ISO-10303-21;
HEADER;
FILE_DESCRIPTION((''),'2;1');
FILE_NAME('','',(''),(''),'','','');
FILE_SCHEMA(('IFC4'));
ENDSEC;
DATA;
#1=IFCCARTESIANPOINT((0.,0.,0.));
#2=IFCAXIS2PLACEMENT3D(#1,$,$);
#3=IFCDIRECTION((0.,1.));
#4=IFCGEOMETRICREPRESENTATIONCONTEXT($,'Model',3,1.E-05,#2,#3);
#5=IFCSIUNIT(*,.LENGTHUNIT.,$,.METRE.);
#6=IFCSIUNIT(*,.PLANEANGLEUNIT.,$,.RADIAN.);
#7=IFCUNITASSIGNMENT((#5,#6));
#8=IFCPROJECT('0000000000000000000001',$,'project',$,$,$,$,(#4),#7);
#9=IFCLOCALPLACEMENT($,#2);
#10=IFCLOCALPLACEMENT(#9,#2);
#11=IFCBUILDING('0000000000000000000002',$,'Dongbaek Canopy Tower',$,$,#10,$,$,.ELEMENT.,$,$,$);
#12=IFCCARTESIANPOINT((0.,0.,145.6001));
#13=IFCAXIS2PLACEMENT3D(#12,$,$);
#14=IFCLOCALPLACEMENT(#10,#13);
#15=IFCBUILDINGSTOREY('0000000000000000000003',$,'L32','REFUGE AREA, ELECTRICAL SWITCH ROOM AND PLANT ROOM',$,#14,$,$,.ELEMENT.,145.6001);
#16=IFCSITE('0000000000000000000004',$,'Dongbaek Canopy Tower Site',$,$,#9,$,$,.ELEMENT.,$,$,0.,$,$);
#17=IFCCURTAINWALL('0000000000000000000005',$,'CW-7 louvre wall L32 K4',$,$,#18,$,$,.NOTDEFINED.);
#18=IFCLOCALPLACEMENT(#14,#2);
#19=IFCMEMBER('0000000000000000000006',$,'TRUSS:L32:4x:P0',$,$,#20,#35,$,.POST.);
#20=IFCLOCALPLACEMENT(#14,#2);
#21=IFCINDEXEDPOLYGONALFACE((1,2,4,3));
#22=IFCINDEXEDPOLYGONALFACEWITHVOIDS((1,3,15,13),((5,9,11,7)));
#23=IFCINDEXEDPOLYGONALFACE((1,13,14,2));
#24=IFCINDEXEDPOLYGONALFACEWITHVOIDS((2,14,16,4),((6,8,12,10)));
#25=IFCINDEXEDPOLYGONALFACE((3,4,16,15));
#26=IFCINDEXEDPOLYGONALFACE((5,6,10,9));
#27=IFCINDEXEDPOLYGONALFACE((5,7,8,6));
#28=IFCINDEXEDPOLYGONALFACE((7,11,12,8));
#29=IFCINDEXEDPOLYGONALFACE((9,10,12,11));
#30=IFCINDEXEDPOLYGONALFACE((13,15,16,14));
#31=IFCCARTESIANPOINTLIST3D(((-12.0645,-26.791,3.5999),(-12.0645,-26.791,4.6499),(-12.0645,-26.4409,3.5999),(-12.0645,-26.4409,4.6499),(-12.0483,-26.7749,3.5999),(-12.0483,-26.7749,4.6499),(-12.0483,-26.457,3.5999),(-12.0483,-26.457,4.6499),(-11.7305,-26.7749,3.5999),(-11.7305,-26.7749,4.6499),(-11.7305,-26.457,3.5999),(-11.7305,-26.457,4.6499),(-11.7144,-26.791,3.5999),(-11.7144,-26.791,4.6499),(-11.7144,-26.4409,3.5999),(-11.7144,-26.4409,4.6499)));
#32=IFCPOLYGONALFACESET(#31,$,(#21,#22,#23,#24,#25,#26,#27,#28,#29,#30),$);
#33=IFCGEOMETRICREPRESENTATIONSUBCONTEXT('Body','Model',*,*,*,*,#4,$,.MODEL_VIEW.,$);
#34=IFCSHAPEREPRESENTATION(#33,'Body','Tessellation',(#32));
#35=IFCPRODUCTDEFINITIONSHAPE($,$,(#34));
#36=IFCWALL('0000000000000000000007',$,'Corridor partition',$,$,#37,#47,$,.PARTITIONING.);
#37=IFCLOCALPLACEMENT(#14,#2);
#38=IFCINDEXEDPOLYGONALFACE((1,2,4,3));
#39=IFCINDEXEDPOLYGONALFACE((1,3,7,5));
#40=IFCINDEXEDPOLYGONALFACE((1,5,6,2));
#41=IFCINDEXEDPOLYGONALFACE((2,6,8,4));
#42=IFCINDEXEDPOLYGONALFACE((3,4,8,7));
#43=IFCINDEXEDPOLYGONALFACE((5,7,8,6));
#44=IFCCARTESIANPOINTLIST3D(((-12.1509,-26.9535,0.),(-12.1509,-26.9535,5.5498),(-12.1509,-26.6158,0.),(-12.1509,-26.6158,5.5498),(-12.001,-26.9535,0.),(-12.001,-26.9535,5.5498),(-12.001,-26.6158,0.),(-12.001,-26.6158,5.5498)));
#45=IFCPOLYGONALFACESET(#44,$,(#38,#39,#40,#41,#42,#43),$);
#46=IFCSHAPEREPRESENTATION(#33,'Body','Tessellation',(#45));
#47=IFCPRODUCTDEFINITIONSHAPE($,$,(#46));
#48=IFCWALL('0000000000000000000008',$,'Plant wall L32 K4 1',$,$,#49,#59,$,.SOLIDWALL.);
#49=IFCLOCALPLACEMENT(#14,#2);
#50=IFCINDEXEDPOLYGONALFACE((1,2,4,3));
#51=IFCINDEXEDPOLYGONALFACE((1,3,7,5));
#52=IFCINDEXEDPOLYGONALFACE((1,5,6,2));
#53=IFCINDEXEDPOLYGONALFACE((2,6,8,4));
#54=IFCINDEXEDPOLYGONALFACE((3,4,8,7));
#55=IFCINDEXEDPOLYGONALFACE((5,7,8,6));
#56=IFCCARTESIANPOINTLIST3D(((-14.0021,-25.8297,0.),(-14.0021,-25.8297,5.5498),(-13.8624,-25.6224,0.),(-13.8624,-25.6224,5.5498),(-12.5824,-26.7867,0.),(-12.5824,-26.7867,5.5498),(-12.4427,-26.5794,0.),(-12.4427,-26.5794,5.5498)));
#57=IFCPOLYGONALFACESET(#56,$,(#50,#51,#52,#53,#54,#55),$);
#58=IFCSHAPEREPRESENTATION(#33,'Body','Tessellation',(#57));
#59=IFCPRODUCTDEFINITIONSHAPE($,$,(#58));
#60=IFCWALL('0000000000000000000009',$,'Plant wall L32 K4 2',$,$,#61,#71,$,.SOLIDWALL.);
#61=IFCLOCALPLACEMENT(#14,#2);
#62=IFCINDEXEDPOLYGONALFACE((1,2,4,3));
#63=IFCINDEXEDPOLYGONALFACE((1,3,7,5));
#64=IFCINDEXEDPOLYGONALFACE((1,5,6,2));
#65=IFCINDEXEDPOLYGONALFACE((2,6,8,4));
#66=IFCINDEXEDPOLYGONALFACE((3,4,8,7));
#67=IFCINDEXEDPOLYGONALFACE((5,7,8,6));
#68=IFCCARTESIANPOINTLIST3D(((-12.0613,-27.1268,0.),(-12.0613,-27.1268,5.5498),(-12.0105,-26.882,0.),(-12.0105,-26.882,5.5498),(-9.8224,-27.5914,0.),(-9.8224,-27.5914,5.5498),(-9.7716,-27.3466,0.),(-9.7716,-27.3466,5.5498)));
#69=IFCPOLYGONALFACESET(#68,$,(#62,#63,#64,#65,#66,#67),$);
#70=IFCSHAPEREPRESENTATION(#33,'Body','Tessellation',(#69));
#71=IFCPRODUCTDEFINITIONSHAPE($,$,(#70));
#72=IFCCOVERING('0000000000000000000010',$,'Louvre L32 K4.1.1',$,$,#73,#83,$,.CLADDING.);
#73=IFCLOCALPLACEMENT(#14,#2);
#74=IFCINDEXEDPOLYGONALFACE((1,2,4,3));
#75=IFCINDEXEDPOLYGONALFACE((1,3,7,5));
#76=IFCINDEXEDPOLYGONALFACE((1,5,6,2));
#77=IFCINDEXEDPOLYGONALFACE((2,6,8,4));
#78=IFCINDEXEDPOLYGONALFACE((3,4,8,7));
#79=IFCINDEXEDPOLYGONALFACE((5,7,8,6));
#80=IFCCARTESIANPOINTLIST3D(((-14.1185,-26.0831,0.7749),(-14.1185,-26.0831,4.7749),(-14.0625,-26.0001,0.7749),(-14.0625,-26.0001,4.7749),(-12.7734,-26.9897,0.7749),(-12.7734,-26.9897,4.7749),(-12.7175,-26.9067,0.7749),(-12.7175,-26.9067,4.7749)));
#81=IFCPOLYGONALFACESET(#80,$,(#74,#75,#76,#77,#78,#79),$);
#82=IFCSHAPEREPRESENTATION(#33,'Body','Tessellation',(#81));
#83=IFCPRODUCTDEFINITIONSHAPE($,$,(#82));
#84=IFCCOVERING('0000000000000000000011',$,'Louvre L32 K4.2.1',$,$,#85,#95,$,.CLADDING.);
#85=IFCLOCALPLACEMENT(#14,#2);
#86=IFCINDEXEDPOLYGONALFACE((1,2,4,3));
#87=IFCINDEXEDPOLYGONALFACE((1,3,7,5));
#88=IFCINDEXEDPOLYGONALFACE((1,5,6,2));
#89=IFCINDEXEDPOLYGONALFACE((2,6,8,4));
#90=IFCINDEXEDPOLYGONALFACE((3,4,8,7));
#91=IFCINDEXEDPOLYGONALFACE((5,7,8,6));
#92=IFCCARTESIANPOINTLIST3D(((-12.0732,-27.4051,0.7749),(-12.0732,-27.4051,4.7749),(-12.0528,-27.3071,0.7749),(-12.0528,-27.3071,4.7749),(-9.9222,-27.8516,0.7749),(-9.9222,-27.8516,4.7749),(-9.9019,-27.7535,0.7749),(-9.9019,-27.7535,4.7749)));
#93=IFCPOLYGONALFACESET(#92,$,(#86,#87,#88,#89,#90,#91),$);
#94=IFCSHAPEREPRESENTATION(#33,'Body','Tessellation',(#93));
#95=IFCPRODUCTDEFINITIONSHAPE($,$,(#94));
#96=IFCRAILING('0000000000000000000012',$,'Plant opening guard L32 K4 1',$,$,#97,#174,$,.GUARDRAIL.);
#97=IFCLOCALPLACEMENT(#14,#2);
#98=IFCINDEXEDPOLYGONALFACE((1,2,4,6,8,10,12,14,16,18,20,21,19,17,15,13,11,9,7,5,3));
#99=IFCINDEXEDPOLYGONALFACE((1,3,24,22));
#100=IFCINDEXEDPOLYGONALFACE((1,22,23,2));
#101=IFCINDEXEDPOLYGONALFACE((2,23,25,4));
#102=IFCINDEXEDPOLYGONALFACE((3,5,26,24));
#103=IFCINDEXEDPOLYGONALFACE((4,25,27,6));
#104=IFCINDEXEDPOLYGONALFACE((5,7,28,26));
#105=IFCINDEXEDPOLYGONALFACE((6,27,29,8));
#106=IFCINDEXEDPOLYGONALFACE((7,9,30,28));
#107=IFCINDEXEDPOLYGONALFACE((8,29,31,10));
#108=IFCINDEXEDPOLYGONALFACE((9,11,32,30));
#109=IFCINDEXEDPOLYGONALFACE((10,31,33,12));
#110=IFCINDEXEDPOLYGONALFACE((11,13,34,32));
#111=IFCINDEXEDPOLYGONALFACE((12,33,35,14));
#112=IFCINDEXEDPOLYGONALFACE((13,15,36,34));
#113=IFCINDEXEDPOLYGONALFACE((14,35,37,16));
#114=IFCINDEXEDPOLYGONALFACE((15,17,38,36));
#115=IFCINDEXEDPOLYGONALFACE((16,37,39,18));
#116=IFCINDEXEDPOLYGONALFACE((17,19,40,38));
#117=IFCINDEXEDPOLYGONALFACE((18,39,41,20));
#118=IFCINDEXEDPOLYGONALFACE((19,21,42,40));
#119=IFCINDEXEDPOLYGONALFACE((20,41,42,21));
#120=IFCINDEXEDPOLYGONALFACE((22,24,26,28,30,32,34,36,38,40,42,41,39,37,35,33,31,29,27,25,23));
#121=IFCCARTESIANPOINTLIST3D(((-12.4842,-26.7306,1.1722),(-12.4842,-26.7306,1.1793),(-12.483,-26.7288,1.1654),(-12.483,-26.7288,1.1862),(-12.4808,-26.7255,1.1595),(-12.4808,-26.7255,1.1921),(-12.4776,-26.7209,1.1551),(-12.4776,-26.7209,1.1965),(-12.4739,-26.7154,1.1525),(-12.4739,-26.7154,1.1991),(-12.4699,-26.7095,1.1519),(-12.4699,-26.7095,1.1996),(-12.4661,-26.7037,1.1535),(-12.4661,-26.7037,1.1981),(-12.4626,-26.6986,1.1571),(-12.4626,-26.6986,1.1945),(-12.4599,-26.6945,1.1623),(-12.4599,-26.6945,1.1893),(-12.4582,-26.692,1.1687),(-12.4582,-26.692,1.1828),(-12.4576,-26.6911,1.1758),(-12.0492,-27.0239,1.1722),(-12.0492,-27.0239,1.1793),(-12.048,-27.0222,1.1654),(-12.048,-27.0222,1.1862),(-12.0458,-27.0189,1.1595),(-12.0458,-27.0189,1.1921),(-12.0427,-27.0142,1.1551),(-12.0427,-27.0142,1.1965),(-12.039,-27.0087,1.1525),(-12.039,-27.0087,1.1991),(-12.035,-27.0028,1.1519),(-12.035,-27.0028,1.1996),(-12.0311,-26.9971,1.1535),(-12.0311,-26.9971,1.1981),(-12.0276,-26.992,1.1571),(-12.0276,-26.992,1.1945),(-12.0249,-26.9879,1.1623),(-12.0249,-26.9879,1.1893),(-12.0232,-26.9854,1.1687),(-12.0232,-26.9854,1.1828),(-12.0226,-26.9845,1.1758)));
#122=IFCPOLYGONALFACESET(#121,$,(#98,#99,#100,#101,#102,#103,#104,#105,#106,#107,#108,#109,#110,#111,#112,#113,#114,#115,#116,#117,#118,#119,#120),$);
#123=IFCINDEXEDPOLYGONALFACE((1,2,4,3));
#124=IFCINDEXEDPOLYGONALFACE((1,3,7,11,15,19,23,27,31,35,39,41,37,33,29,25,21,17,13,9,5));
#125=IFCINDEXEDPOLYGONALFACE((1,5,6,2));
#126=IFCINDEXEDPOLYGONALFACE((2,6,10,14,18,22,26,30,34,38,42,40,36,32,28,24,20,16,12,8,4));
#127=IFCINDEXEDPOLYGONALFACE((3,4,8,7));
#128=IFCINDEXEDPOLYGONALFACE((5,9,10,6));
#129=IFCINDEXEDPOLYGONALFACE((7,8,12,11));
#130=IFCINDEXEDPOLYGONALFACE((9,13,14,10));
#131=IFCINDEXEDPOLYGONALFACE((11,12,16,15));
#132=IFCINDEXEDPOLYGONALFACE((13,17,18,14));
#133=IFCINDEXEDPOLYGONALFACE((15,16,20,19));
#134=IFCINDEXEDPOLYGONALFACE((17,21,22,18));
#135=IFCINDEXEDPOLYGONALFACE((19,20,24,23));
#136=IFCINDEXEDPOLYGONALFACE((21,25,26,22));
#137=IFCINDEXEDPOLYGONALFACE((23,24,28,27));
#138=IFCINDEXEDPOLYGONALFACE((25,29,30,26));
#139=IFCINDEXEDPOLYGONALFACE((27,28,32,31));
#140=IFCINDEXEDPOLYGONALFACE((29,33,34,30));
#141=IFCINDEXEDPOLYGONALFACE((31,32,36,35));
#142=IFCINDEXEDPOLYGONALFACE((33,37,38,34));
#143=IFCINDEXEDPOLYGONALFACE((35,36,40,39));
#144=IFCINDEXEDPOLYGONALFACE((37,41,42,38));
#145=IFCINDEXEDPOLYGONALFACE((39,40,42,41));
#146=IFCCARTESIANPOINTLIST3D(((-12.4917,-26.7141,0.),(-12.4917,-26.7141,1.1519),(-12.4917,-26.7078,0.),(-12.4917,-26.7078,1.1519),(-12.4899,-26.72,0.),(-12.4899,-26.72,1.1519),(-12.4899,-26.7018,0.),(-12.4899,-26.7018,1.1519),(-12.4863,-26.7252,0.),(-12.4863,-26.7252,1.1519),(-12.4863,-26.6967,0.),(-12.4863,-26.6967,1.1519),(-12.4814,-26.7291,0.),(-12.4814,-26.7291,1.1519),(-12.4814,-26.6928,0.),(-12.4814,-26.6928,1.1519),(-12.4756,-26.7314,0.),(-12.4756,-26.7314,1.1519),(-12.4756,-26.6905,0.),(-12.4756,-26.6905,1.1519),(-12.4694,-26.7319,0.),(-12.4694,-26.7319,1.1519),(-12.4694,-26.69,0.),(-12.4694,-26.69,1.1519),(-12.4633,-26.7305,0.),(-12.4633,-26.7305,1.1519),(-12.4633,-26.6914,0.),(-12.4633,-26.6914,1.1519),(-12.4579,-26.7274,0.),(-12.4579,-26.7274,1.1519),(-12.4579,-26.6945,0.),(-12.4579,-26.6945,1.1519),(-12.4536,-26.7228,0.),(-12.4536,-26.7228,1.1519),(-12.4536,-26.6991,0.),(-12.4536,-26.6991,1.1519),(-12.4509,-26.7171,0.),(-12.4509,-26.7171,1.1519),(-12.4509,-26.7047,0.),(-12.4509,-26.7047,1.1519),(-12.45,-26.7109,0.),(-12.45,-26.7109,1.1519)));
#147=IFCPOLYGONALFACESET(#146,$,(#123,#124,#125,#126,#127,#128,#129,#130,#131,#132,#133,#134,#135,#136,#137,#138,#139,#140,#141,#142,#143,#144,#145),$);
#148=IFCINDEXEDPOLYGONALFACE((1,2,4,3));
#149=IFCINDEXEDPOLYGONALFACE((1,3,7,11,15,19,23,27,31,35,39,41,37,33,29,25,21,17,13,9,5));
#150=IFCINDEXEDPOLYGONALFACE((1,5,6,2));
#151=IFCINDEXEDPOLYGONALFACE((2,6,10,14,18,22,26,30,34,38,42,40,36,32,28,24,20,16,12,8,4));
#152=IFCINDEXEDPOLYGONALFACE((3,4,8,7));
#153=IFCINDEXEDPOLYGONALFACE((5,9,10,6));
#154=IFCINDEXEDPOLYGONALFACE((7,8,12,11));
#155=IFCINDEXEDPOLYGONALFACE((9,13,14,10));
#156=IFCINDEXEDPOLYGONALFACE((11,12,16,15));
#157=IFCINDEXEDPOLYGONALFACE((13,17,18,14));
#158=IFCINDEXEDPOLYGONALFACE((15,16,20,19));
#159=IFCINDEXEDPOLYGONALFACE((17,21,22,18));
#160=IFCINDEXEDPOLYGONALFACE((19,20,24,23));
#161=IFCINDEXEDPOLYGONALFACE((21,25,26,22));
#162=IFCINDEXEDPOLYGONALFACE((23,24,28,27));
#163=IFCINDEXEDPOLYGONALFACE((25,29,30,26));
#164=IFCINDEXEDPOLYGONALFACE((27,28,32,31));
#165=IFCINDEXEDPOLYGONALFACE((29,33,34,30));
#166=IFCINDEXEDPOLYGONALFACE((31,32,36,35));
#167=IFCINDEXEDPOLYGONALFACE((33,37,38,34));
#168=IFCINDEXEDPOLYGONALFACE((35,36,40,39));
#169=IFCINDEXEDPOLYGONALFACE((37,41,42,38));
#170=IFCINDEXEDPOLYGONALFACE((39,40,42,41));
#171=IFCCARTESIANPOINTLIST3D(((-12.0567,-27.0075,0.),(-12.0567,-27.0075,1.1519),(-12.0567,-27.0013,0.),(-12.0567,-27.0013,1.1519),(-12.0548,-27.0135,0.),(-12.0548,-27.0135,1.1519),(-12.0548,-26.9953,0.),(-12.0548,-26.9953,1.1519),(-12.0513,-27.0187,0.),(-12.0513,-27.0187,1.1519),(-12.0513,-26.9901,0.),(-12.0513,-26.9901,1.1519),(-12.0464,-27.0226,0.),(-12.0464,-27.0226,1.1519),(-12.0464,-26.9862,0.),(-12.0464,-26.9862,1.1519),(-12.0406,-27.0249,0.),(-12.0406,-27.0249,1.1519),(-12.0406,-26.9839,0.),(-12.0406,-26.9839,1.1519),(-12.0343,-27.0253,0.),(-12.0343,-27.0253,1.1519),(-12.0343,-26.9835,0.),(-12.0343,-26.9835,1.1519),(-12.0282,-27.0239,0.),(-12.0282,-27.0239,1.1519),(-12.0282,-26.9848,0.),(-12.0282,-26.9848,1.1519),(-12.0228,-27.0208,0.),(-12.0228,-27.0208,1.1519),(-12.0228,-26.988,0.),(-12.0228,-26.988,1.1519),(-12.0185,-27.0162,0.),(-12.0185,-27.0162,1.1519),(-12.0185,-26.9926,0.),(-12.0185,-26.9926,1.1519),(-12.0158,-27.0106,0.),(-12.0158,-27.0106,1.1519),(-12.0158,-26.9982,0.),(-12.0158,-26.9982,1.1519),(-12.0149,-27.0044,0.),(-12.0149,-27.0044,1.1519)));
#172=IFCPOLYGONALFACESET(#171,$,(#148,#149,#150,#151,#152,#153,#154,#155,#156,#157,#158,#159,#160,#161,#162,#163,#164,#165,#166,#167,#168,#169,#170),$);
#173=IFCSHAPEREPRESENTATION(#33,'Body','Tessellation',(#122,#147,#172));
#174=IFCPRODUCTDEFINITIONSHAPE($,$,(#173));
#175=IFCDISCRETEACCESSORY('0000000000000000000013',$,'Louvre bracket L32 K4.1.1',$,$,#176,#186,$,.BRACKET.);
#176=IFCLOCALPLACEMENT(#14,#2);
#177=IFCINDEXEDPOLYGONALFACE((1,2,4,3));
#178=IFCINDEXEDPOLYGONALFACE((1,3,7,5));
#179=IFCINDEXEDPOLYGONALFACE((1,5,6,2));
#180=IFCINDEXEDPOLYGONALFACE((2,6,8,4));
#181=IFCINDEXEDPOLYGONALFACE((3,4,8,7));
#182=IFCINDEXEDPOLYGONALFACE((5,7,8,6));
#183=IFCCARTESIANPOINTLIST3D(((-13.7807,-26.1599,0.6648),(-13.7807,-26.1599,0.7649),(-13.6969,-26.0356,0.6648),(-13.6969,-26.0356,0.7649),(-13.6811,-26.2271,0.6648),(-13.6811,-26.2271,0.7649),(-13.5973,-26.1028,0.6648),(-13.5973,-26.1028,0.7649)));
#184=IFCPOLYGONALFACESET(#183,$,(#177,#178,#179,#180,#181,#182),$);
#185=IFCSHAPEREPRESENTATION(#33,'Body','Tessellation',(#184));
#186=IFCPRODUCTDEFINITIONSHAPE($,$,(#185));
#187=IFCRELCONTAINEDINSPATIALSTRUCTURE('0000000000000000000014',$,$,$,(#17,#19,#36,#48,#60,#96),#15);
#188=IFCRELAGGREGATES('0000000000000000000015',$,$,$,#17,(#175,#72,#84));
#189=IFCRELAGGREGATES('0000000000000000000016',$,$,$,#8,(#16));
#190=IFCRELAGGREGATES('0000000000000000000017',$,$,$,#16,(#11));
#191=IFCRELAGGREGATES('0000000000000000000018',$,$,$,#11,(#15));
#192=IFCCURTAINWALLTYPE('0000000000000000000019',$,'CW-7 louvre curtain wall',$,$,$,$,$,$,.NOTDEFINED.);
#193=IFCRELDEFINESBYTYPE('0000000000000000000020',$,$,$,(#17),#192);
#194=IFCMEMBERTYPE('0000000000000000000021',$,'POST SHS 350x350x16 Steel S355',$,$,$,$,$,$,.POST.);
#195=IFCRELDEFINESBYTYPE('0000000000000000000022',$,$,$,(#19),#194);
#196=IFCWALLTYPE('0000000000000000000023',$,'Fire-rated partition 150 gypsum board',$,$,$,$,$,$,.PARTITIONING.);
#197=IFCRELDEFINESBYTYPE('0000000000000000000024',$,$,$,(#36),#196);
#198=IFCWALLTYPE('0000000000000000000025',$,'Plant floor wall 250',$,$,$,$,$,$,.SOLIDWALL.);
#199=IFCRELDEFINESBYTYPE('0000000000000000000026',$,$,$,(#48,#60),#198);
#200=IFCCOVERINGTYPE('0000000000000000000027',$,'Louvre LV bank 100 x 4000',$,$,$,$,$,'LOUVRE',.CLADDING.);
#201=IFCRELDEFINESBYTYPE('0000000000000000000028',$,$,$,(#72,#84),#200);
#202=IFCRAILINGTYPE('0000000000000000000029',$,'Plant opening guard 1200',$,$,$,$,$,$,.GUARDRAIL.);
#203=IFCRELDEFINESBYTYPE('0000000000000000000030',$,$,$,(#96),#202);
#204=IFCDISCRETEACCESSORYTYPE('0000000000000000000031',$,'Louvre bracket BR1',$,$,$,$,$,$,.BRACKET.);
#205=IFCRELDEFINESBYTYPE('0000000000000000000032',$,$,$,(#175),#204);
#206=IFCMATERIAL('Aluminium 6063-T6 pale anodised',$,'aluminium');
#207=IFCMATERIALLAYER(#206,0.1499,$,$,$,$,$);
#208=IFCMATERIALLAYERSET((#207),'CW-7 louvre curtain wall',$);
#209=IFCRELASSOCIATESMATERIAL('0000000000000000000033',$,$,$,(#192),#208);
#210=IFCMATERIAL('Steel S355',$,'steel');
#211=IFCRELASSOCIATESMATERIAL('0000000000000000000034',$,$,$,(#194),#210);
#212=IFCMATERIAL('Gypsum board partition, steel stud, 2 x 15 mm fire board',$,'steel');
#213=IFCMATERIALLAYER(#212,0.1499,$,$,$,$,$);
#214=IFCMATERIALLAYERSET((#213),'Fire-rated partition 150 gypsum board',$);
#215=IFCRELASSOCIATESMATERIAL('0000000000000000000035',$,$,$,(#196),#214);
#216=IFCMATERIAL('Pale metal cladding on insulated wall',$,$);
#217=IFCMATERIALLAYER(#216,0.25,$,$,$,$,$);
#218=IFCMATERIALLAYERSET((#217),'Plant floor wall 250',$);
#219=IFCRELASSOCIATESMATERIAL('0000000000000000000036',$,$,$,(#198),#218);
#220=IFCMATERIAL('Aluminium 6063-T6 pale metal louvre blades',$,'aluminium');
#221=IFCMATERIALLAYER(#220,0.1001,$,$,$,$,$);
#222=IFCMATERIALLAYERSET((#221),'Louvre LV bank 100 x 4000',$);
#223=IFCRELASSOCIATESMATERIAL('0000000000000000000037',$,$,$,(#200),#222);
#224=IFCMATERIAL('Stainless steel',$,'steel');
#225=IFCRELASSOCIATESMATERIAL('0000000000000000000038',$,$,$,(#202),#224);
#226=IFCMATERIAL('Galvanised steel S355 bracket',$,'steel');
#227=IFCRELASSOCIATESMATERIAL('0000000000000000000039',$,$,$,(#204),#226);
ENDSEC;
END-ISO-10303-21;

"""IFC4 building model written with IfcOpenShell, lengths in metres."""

from ifc_helpers import new_model, si_unit, direction, frame, frame_2d, origin, origin_2d, place, context, subcontext, project, spatial, rectangle, hollow_rectangle, circle, extrude, material, layer, layer_set, material_profile, profile_set, type_object, element, aggregate, save


model = new_model("IFC4")

# Units and contexts
model_context = context("Model", 3, precision=1e-05, world=origin(), true_north=direction((0.0, 1.0)))
body_context = subcontext(model_context, "Body", "Model", "MODEL_VIEW")
ifc_project = project(units=[si_unit("LENGTHUNIT", "METRE"), si_unit("PLANEANGLEUNIT", "RADIAN")], contexts=[model_context])

# Site, building, storey
site_placement = place(None, origin())
site = spatial("IfcSite", under=ifc_project, at=site_placement, Name="Dongbaek Canopy Tower Site", CompositionType="ELEMENT", RefElevation=0.0)
building_placement = place(site_placement, origin())
building = spatial("IfcBuilding", under=site, at=building_placement, Name="Dongbaek Canopy Tower", CompositionType="ELEMENT")
storey_placement = place(building_placement, frame((0.0, 0.0, 145.6001)))
storey = spatial("IfcBuildingStorey", under=building, at=storey_placement, Name="L32", Description="REFUGE AREA, ELECTRICAL SWITCH ROOM AND PLANT ROOM", CompositionType="ELEMENT", Elevation=145.6001)

# Shared definitions
ifc_material_1 = material(Name="Aluminium 6063-T6 pale anodised", Category="aluminium")
ifc_layer_1 = layer(ifc_material_1, 0.1499)
ifc_layer_set_1 = layer_set([ifc_layer_1], Name="CW-7 louvre curtain wall")
curtain_wall_type = type_object("IfcCurtainWallType", Name="CW-7 louvre curtain wall", PredefinedType="NOTDEFINED", material=ifc_layer_set_1)

# Curtain wall
curtain_wall_1_placement = place(storey_placement, origin())
curtain_wall_1 = element("IfcCurtainWall", 1, at=curtain_wall_1_placement, inside=storey, type_object=curtain_wall_type, Name="CW-7 louvre wall L32 K4", PredefinedType="NOTDEFINED")

# Member
ifc_material_2 = material(Name="Steel S355", Category="steel")
ifc_material_profile_1 = material_profile(ifc_material_2, hollow_rectangle(XDim=0.3501, YDim=0.3501, WallThickness=0.0161, at=origin_2d()), Name="POST SHS 350x350x16 Steel S355")
ifc_profile_set_1 = profile_set([ifc_material_profile_1], Name="Steel S355")
member_type_1 = type_object("IfcMemberType", Name="POST SHS 350x350x16 Steel S355", PredefinedType="POST", material=ifc_profile_set_1)
member_1_placement = place(storey_placement, frame((-11.8894, -26.616, 3.5999), z_axis=(0.0, 0.0, 1.0), x_axis=(1.0, 0.0, 0.0)))
element("IfcMember", 2, at=member_1_placement, inside=storey, type_object=member_type_1, Name="TRUSS:L32:4x:P0", PredefinedType="POST", context=body_context, shape_type="SweptSolid", body=[
    extrude(hollow_rectangle(XDim=0.3501, YDim=0.3501, WallThickness=0.0161, at=origin_2d()), origin(), (0.0, 0.0, 1.0), 1.05),
])

# Walls
ifc_material_3 = material(Name="Gypsum board partition, steel stud, 2 x 15 mm fire board", Category="steel")
ifc_layer_2 = layer(ifc_material_3, 0.1499)
ifc_layer_set_2 = layer_set([ifc_layer_2], Name="Fire-rated partition 150 gypsum board")
wall_type_1 = type_object("IfcWallType", Name="Fire-rated partition 150 gypsum board", PredefinedType="PARTITIONING", material=ifc_layer_set_2)
wall_1_placement = place(storey_placement, frame((-12.0759, -26.9536, 0.0), z_axis=(0.0, 0.0, 1.0), x_axis=(0.0, 1.0, 0.0)))
element("IfcWall", 3, at=wall_1_placement, inside=storey, type_object=wall_type_1, Name="Corridor partition", PredefinedType="PARTITIONING", context=body_context, shape_type="SweptSolid", body=[
    extrude(rectangle(XDim=0.3376, YDim=0.1499, at=frame_2d((0.1689, 0.0))), origin(), (0.0, 0.0, 1.0), 5.5498),
])
ifc_material_4 = material(Name="Pale metal cladding on insulated wall")
ifc_layer_3 = layer(ifc_material_4, 0.25)
ifc_layer_set_3 = layer_set([ifc_layer_3], Name="Plant floor wall 250")
wall_type_2 = type_object("IfcWallType", Name="Plant floor wall 250", PredefinedType="SOLIDWALL", material=ifc_layer_set_3)
wall_2_placement = place(storey_placement, frame((-13.9321, -25.7261, 0.0), z_axis=(0.0, 0.0, 1.0), x_axis=(0.829187, -0.558971, 0.0)))
element("IfcWall", 4, at=wall_2_placement, inside=storey, type_object=wall_type_2, Name="Plant wall L32 K4 1", PredefinedType="SOLIDWALL", context=body_context, shape_type="SweptSolid", body=[
    extrude(rectangle(XDim=1.7122, YDim=0.25, at=frame_2d((0.856, 0.0))), origin(), (0.0, 0.0, 1.0), 5.5498),
])
wall_3_placement = place(storey_placement, frame((-12.0359, -27.0044, 0.0), z_axis=(0.0, 0.0, 1.0), x_axis=(0.979143, -0.203174, 0.0)))
element("IfcWall", 5, at=wall_3_placement, inside=storey, type_object=wall_type_2, Name="Plant wall L32 K4 2", PredefinedType="SOLIDWALL", context=body_context, shape_type="SweptSolid", body=[
    extrude(rectangle(XDim=2.2866, YDim=0.25, at=frame_2d((1.1433, 0.0))), origin(), (0.0, 0.0, 1.0), 5.5498),
])

# Coverings
ifc_material_5 = material(Name="Aluminium 6063-T6 pale metal louvre blades", Category="aluminium")
ifc_layer_4 = layer(ifc_material_5, 0.1001)
ifc_layer_set_4 = layer_set([ifc_layer_4], Name="Louvre LV bank 100 x 4000")
covering_type = type_object("IfcCoveringType", Name="Louvre LV bank 100 x 4000", ElementType="LOUVRE", PredefinedType="CLADDING", material=ifc_layer_set_4)
covering_1_placement = place(storey_placement, frame((-13.418, -26.4949, 0.7749), z_axis=(0.0, 0.0, 1.0), x_axis=(0.829209, -0.558939, 0.0)))
covering_1 = element("IfcCovering", 6, at=covering_1_placement, type_object=covering_type, Name="Louvre L32 K4.1.1", PredefinedType="CLADDING", context=body_context, shape_type="SweptSolid", body=[
    extrude(rectangle(XDim=1.6221, YDim=0.1001, at=origin_2d()), origin(), (0.0, 0.0, 1.0), 4.0),
])
covering_2_placement = place(storey_placement, frame((-10.9875, -27.5793, 0.7749), z_axis=(0.0, 0.0, 1.0), x_axis=(0.979135, -0.203211, 0.0)))
covering_2 = element("IfcCovering", 7, at=covering_2_placement, type_object=covering_type, Name="Louvre L32 K4.2.1", PredefinedType="CLADDING", context=body_context, shape_type="SweptSolid", body=[
    extrude(rectangle(XDim=2.1968, YDim=0.1001, at=origin_2d()), origin(), (0.0, 0.0, 1.0), 4.0),
])

# Railing
ifc_material_6 = material(Name="Stainless steel", Category="steel")
railing_type = type_object("IfcRailingType", Name="Plant opening guard 1200", PredefinedType="GUARDRAIL", material=ifc_material_6)
railing_placement = place(storey_placement, frame((-12.4709, -26.7109, 0.0)))
element("IfcRailing", 8, at=railing_placement, inside=storey, type_object=railing_type, Name="Plant opening guard L32 K4 1", PredefinedType="GUARDRAIL", context=body_context, shape_type="SweptSolid", body=[
    extrude(circle(Radius=0.0239, at=origin_2d()), frame((0.0, 0.0, 1.1758), z_axis=(0.829032, -0.559201, 0.0), x_axis=(0.559201, 0.829032, 0.0)), (0.0, 0.0, 1.0), 0.5247),
    extrude(circle(Radius=0.021, at=origin_2d()), origin(), (0.0, 0.0, 1.0), 1.1519),
    extrude(circle(Radius=0.021, at=origin_2d()), frame((0.4351, -0.2935, 0.0)), (0.0, 0.0, 1.0), 1.1519),
])

# Discrete accessory
ifc_material_7 = material(Name="Galvanised steel S355 bracket", Category="steel")
discrete_accessory_type = type_object("IfcDiscreteAccessoryType", Name="Louvre bracket BR1", PredefinedType="BRACKET", material=ifc_material_7)
discrete_accessory_1_placement = place(storey_placement, frame((-13.689, -26.1313, 0.6648), z_axis=(0.0, 0.0, 1.0), x_axis=(0.829209, -0.558939, 0.0)))
discrete_accessory_1 = element("IfcDiscreteAccessory", 9, at=discrete_accessory_1_placement, type_object=discrete_accessory_type, Name="Louvre bracket L32 K4.1.1", PredefinedType="BRACKET", context=body_context, shape_type="SweptSolid", body=[
    extrude(rectangle(XDim=0.1201, YDim=0.1499, at=origin_2d()), origin(), (0.0, 0.0, 1.0), 0.1001),
])
aggregate(curtain_wall_1, [discrete_accessory_1, covering_1, covering_2])

save(model, "model.ifc")
